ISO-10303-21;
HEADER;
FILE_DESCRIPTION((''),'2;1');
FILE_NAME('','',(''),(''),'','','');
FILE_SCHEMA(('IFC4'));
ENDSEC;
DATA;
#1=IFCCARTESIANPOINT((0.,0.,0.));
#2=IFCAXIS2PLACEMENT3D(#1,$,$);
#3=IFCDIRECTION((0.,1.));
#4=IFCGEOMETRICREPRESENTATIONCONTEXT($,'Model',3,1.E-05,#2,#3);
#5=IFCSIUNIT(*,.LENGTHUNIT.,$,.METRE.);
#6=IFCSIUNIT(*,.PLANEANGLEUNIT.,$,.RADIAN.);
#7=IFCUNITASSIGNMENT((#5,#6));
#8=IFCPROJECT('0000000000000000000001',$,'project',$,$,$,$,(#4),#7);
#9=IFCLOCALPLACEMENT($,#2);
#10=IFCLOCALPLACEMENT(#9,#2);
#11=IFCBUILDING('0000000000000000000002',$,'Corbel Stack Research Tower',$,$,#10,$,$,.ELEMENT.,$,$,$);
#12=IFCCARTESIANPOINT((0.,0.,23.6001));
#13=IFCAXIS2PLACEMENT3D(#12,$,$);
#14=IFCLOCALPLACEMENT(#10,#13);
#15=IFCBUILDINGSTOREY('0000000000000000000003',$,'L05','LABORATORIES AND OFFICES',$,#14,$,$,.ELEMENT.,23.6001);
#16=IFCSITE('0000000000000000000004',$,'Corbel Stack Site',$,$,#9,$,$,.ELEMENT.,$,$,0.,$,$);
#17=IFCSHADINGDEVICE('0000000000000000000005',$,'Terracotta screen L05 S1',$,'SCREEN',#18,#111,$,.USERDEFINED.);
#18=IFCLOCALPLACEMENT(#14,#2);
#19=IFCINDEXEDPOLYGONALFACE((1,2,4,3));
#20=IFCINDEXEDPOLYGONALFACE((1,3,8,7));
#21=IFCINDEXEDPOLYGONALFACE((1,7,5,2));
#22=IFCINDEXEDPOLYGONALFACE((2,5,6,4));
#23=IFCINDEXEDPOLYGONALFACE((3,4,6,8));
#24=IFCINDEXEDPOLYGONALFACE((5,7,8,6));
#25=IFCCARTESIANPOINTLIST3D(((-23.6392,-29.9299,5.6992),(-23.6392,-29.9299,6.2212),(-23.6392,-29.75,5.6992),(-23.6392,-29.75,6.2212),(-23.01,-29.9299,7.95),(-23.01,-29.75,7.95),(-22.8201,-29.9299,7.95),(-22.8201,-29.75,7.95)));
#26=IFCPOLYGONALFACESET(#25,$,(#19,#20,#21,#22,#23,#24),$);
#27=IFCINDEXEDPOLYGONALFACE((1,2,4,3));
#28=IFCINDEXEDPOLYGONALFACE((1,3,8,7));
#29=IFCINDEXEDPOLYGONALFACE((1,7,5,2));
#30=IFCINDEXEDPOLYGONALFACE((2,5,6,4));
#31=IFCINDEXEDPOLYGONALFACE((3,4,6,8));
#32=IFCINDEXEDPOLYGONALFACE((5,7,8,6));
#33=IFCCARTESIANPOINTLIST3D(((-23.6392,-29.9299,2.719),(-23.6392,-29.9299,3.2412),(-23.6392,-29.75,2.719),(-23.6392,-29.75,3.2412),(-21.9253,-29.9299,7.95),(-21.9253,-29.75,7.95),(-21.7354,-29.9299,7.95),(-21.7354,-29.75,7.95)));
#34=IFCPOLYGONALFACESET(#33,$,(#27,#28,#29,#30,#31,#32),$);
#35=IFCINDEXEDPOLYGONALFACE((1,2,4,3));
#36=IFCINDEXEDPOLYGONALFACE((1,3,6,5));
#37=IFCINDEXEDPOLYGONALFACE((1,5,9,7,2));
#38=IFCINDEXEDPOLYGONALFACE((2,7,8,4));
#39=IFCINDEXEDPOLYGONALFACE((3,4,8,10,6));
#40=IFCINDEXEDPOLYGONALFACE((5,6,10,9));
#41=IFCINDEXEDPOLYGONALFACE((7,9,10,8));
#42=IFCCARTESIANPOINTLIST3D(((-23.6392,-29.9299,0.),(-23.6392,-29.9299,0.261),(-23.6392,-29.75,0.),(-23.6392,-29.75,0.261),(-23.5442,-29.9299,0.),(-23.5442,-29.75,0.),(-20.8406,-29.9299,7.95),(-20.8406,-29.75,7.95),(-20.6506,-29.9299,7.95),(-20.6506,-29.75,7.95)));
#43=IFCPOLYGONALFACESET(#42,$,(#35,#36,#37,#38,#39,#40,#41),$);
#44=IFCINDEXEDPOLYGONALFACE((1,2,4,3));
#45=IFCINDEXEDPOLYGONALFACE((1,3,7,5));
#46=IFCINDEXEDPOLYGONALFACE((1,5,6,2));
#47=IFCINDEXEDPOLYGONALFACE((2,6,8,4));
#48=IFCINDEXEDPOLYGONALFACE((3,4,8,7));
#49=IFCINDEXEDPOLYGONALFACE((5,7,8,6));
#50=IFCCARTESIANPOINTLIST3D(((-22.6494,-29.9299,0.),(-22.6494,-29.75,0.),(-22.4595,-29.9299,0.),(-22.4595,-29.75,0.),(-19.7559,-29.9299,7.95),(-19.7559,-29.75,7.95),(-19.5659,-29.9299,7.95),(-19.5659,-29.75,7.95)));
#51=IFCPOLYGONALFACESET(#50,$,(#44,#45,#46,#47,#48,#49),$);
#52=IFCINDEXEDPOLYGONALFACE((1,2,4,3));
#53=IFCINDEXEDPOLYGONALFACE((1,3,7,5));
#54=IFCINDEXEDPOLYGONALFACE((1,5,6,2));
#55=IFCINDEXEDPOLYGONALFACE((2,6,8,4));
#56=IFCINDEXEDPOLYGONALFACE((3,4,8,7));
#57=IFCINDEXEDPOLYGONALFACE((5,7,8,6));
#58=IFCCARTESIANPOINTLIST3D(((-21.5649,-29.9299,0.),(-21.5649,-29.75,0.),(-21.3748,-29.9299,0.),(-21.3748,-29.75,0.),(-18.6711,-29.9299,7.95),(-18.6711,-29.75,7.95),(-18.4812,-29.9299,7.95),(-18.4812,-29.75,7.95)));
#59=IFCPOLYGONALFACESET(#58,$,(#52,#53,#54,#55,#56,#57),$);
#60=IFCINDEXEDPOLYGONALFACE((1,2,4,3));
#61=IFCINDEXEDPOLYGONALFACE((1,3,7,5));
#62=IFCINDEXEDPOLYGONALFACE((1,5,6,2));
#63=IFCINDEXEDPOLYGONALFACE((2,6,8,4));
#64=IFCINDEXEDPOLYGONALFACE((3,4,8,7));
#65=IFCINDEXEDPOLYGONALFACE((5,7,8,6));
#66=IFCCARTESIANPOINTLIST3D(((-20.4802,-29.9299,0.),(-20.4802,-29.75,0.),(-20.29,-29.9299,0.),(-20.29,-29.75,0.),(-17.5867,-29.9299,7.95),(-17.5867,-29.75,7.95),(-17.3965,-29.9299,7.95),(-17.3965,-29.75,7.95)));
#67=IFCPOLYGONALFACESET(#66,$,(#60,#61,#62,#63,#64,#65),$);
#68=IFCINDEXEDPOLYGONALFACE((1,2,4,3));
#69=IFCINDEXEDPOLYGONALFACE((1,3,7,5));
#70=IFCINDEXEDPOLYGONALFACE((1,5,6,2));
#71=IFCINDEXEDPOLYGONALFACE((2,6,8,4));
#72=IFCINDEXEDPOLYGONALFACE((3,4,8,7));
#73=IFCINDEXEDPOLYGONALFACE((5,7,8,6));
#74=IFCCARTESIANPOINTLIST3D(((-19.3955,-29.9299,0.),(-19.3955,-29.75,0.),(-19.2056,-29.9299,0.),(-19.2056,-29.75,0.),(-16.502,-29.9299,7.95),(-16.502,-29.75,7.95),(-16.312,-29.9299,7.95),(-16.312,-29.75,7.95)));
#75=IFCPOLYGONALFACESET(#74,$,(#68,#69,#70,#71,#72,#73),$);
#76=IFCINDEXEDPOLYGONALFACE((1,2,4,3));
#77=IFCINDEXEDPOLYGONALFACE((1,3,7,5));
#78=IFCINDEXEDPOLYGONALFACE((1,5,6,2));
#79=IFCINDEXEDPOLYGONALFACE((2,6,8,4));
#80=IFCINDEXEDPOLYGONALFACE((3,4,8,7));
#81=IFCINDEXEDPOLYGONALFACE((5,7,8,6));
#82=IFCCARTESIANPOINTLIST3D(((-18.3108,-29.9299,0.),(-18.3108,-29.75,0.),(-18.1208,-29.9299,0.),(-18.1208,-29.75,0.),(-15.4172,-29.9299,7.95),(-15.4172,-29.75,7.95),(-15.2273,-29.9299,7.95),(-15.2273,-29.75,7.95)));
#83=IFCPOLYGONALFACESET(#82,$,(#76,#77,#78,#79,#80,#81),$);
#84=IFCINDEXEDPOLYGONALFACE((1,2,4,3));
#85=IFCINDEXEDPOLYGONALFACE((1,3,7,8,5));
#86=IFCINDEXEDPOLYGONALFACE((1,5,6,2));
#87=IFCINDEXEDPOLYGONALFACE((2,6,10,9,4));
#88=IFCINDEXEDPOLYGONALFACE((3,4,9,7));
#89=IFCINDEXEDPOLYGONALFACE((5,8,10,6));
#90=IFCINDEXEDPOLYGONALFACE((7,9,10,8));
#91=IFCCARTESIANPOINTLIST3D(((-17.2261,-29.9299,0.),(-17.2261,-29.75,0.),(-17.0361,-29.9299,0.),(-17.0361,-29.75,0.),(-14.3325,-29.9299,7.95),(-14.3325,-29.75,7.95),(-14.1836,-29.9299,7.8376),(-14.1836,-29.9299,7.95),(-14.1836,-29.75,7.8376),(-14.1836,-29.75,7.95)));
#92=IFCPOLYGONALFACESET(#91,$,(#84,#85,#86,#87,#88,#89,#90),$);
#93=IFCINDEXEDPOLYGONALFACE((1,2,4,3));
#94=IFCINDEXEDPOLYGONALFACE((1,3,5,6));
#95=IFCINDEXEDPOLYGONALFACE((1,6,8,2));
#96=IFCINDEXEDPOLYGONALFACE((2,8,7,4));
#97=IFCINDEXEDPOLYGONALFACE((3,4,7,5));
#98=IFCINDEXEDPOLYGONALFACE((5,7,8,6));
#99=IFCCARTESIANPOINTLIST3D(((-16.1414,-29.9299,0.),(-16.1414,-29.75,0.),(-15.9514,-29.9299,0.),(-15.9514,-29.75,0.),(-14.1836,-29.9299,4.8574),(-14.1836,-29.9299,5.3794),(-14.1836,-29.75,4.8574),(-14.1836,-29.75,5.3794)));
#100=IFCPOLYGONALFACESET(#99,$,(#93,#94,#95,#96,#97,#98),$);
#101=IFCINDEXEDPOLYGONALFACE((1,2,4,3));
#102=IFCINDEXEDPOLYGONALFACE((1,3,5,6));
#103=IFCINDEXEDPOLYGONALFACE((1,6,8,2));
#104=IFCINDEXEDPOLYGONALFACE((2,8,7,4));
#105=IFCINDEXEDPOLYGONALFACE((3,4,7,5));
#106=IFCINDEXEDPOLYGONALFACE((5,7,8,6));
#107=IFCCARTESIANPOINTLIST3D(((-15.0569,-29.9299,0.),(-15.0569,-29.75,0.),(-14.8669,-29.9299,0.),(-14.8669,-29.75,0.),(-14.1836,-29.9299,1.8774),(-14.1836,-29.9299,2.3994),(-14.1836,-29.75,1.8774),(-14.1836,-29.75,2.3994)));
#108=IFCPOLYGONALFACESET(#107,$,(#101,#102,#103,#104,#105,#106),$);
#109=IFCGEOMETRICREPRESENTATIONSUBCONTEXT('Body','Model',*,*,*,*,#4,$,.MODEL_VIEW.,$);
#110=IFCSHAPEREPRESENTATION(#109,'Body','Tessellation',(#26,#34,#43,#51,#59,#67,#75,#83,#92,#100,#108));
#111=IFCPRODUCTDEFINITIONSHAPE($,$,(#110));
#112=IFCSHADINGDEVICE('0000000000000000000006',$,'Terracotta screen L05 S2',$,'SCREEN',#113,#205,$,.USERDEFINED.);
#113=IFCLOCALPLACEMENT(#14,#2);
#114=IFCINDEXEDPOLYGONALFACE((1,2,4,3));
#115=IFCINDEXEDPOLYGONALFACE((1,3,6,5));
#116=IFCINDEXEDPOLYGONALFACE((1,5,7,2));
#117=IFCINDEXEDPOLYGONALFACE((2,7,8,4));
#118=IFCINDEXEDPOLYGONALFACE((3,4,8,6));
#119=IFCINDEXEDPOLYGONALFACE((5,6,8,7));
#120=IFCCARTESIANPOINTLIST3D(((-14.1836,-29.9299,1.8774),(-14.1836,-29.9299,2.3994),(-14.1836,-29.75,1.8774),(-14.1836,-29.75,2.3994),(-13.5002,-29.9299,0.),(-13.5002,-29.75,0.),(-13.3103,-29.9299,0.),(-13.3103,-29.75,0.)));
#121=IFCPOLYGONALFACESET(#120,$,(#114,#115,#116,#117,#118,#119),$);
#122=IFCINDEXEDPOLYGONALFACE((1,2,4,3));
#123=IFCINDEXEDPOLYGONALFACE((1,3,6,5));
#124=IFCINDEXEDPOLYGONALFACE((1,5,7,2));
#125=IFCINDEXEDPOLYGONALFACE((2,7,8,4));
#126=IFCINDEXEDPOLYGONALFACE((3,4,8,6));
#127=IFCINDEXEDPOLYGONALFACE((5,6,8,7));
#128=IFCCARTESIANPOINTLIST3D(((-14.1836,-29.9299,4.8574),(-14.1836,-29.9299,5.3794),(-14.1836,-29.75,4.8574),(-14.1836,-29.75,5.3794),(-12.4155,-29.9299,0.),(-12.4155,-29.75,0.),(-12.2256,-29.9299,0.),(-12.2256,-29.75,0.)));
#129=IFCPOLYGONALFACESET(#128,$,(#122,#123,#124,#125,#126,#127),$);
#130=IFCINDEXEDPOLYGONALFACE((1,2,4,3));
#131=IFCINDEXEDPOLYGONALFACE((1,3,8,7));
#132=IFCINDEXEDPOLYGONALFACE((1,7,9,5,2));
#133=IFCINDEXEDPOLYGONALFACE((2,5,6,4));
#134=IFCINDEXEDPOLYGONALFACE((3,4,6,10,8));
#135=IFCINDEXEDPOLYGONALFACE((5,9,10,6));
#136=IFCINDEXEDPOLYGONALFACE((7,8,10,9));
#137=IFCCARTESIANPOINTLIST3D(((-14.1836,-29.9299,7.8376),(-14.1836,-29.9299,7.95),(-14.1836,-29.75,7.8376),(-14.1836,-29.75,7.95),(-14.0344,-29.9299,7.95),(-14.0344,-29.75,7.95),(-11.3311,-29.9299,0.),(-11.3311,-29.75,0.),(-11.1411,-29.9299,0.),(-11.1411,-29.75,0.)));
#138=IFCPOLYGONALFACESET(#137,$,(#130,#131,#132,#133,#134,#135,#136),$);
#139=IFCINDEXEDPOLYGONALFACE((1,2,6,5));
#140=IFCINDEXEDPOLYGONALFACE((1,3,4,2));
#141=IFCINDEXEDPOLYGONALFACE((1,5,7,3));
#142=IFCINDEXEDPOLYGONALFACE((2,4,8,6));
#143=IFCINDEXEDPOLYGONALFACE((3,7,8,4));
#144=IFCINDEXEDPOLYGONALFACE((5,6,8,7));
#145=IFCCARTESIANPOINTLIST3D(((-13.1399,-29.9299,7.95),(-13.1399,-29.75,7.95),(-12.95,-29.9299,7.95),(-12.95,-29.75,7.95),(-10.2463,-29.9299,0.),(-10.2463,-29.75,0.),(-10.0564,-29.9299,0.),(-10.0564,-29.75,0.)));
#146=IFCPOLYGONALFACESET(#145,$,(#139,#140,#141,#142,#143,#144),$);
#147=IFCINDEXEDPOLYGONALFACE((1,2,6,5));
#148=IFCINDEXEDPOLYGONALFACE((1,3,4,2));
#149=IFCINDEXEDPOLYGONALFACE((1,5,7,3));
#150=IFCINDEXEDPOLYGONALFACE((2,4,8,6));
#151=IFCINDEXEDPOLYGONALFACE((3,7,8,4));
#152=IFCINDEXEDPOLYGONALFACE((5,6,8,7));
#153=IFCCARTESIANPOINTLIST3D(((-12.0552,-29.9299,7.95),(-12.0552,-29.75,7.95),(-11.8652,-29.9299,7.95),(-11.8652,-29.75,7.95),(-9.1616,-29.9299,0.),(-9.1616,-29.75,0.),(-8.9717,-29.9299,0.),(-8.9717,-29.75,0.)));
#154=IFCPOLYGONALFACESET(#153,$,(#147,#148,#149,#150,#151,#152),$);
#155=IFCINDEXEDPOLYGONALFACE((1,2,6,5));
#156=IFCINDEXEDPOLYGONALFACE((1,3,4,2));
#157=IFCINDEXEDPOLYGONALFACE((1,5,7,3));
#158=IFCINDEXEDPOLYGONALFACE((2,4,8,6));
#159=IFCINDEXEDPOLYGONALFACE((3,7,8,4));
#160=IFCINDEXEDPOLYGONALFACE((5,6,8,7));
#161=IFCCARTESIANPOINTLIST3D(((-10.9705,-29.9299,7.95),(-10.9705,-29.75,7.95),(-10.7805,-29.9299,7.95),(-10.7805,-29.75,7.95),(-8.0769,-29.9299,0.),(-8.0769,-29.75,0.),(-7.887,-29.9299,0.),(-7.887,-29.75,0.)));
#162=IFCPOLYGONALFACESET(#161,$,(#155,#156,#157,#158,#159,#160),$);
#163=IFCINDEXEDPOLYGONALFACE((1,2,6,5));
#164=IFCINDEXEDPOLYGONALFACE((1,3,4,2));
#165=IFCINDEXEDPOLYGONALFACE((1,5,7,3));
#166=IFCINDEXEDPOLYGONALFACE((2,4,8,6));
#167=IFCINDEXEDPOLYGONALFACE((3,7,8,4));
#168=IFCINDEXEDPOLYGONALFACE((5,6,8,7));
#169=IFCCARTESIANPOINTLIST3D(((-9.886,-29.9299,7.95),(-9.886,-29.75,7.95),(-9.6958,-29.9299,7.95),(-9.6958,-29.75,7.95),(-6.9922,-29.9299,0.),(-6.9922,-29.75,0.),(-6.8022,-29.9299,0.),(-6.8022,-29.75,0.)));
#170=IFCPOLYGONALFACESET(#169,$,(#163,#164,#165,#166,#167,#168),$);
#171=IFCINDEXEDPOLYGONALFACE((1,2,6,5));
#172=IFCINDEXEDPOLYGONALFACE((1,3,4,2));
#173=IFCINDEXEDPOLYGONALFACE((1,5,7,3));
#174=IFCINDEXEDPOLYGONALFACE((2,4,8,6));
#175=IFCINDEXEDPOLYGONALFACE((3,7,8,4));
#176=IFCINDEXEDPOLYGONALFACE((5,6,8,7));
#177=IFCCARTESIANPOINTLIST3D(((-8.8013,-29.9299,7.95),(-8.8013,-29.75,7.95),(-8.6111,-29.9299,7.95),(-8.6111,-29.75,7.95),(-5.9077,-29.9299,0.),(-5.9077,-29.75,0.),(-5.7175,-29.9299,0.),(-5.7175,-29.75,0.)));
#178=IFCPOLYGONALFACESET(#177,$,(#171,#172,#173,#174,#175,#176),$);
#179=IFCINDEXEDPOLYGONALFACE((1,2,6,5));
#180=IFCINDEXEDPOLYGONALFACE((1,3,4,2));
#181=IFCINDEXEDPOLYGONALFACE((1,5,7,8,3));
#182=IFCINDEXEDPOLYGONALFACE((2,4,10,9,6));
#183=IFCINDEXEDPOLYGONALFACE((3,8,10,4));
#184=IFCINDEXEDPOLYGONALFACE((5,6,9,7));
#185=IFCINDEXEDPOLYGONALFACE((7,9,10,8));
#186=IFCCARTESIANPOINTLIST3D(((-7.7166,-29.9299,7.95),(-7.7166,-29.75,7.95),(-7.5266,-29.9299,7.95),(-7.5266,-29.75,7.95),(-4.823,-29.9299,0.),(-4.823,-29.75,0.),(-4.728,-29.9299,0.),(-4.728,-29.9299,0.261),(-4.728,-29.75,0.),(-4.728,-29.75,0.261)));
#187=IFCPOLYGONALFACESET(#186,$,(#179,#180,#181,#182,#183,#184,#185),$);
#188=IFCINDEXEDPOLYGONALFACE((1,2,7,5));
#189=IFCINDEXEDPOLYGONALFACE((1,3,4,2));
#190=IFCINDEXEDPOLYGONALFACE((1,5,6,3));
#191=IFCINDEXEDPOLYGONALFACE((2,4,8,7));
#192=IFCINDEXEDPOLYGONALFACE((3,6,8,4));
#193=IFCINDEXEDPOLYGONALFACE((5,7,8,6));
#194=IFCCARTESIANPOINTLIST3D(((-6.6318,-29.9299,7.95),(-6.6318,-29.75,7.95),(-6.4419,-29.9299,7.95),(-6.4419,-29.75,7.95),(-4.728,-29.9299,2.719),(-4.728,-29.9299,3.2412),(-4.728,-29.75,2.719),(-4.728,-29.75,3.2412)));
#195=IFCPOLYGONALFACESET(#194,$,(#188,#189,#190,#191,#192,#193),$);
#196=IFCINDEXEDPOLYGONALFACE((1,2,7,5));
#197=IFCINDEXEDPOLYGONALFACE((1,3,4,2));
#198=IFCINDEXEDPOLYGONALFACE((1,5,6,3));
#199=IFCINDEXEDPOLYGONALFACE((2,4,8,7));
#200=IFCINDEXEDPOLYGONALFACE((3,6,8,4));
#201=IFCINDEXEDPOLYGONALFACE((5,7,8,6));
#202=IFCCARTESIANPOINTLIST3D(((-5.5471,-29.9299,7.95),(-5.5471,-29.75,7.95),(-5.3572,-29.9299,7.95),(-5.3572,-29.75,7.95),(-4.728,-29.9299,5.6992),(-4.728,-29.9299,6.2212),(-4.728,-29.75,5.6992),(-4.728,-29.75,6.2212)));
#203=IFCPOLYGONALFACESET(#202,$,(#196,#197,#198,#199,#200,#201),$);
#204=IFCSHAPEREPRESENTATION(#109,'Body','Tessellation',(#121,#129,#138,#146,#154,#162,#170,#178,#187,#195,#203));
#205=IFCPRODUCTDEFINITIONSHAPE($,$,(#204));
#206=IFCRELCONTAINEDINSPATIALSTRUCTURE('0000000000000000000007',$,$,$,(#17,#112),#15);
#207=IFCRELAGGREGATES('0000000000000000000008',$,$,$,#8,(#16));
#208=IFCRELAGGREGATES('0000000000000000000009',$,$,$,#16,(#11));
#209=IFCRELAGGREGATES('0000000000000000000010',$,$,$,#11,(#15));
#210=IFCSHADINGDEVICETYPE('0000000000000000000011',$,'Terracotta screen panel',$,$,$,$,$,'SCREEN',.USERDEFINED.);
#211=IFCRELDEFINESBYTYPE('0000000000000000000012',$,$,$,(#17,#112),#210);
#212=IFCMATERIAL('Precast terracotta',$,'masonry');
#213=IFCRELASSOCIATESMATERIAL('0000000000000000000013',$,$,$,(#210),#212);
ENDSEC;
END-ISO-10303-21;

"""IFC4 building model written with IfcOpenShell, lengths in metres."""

from ifc_helpers import new_model, si_unit, direction, frame, origin, place, context, subcontext, project, spatial, polyline, outline, extrude, source, transform, mapped, material, type_object, element, save


model = new_model("IFC4")

# Units and contexts
model_context = context("Model", 3, precision=1e-05, world=origin(), true_north=direction((0.0, 1.0)))
body_context = subcontext(model_context, "Body", "Model", "MODEL_VIEW")
ifc_project = project(units=[si_unit("LENGTHUNIT", "METRE"), si_unit("PLANEANGLEUNIT", "RADIAN")], contexts=[model_context])

# Site, building, storey
site_placement = place(None, origin())
site = spatial("IfcSite", under=ifc_project, at=site_placement, Name="Corbel Stack Site", CompositionType="ELEMENT", RefElevation=0.0)
building_placement = place(site_placement, origin())
building = spatial("IfcBuilding", under=site, at=building_placement, Name="Corbel Stack Research Tower", CompositionType="ELEMENT")
storey_placement = place(building_placement, frame((0.0, 0.0, 23.6001)))
storey = spatial("IfcBuildingStorey", under=building, at=storey_placement, Name="L05", Description="LABORATORIES AND OFFICES", CompositionType="ELEMENT", Elevation=23.6001)

# Shading devices
ifc_material_1 = material(Name="Precast terracotta", Category="masonry")
shading_device_type = type_object("IfcShadingDeviceType", Name="Terracotta screen panel", ElementType="SCREEN", PredefinedType="USERDEFINED", material=ifc_material_1)
shared_shape_1 = source(origin(), body_context, "Body", "SweptSolid", [
    extrude(outline(polyline([(0.8191, 7.95), (0.6292, 7.95), (0.0, 6.2212), (0.0, 5.6992), (0.8191, 7.95)])), frame((0.0, 0.0, 0.0), z_axis=(0.0, -1.0, 0.0), x_axis=(1.0, 0.0, 0.0)), (0.0, 0.0, 1.0), 0.1799),
    extrude(outline(polyline([(1.9038, 7.95), (1.7139, 7.95), (0.0, 3.2412), (0.0, 2.719), (1.9038, 7.95)])), frame((0.0, 0.0, 0.0), z_axis=(0.0, -1.0, 0.0), x_axis=(1.0, 0.0, 0.0)), (0.0, 0.0, 1.0), 0.1799),
    extrude(outline(polyline([(0.095, 0.0), (2.9885, 7.95), (2.7986, 7.95), (0.0, 0.261), (0.0, 0.0), (0.095, 0.0)])), frame((0.0, 0.0, 0.0), z_axis=(0.0, -1.0, 0.0), x_axis=(1.0, 0.0, 0.0)), (0.0, 0.0, 1.0), 0.1799),
    extrude(outline(polyline([(1.1797, 0.0), (4.0732, 7.95), (3.8833, 7.95), (0.9897, 0.0), (1.1797, 0.0)])), frame((0.0, 0.0, 0.0), z_axis=(0.0, -1.0, 0.0), x_axis=(1.0, 0.0, 0.0)), (0.0, 0.0, 1.0), 0.1799),
    extrude(outline(polyline([(2.2644, 0.0), (5.158, 7.95), (4.968, 7.95), (2.0742, 0.0), (2.2644, 0.0)])), frame((0.0, 0.0, 0.0), z_axis=(0.0, -1.0, 0.0), x_axis=(1.0, 0.0, 0.0)), (0.0, 0.0, 1.0), 0.1799),
    extrude(outline(polyline([(3.3491, 0.0), (6.2427, 7.95), (6.0525, 7.95), (3.1589, 0.0), (3.3491, 0.0)])), frame((0.0, 0.0, 0.0), z_axis=(0.0, -1.0, 0.0), x_axis=(1.0, 0.0, 0.0)), (0.0, 0.0, 1.0), 0.1799),
    extrude(outline(polyline([(4.4336, 0.0), (7.3271, 7.95), (7.1372, 7.95), (4.2437, 0.0), (4.4336, 0.0)])), frame((0.0, 0.0, 0.0), z_axis=(0.0, -1.0, 0.0), x_axis=(1.0, 0.0, 0.0)), (0.0, 0.0, 1.0), 0.1799),
    extrude(outline(polyline([(5.5183, 0.0), (8.4119, 7.95), (8.2219, 7.95), (5.3284, 0.0), (5.5183, 0.0)])), frame((0.0, 0.0, 0.0), z_axis=(0.0, -1.0, 0.0), x_axis=(1.0, 0.0, 0.0)), (0.0, 0.0, 1.0), 0.1799),
    extrude(outline(polyline([(6.603, 0.0), (9.4556, 7.8376), (9.4556, 7.95), (9.3066, 7.95), (6.4131, 0.0), (6.603, 0.0)])), frame((0.0, 0.0, 0.0), z_axis=(0.0, -1.0, 0.0), x_axis=(1.0, 0.0, 0.0)), (0.0, 0.0, 1.0), 0.1799),
    extrude(outline(polyline([(7.6877, 0.0), (9.4556, 4.8574), (9.4556, 5.3794), (7.4978, 0.0), (7.6877, 0.0)])), frame((0.0, 0.0, 0.0), z_axis=(0.0, -1.0, 0.0), x_axis=(1.0, 0.0, 0.0)), (0.0, 0.0, 1.0), 0.1799),
    extrude(outline(polyline([(8.7722, 0.0), (9.4556, 1.8774), (9.4556, 2.3994), (8.5823, 0.0), (8.7722, 0.0)])), frame((0.0, 0.0, 0.0), z_axis=(0.0, -1.0, 0.0), x_axis=(1.0, 0.0, 0.0)), (0.0, 0.0, 1.0), 0.1799),
])
shading_device_1_placement = place(storey_placement, frame((-23.6392, -29.75, 0.0), z_axis=(0.0, 0.0, 1.0), x_axis=(1.0, 0.0, 0.0)))
element("IfcShadingDevice", 1, at=shading_device_1_placement, inside=storey, type_object=shading_device_type, Name="Terracotta screen L05 S1", ObjectType="SCREEN", PredefinedType="USERDEFINED", context=body_context, shape_type="MappedRepresentation", body=[
    mapped(shared_shape_1, transform((0.0, 0.0, 0.0))),
])
shared_shape_2 = source(origin(), body_context, "Body", "SweptSolid", [
    extrude(outline(polyline([(0.8733, 0.0), (0.0, 2.3994), (0.0, 1.8774), (0.6833, 0.0), (0.8733, 0.0)])), frame((0.0, 0.0, 0.0), z_axis=(0.0, -1.0, 0.0), x_axis=(1.0, 0.0, 0.0)), (0.0, 0.0, 1.0), 0.1799),
    extrude(outline(polyline([(1.958, 0.0), (0.0, 5.3794), (0.0, 4.8574), (1.7681, 0.0), (1.958, 0.0)])), frame((0.0, 0.0, 0.0), z_axis=(0.0, -1.0, 0.0), x_axis=(1.0, 0.0, 0.0)), (0.0, 0.0, 1.0), 0.1799),
    extrude(outline(polyline([(3.0425, 0.0), (0.1492, 7.95), (0.0, 7.95), (0.0, 7.8376), (2.8525, 0.0), (3.0425, 0.0)])), frame((0.0, 0.0, 0.0), z_axis=(0.0, -1.0, 0.0), x_axis=(1.0, 0.0, 0.0)), (0.0, 0.0, 1.0), 0.1799),
    extrude(outline(polyline([(4.1272, 0.0), (1.2336, 7.95), (1.0437, 7.95), (3.9373, 0.0), (4.1272, 0.0)])), frame((0.0, 0.0, 0.0), z_axis=(0.0, -1.0, 0.0), x_axis=(1.0, 0.0, 0.0)), (0.0, 0.0, 1.0), 0.1799),
    extrude(outline(polyline([(5.2119, 0.0), (2.3184, 7.95), (2.1284, 7.95), (5.022, 0.0), (5.2119, 0.0)])), frame((0.0, 0.0, 0.0), z_axis=(0.0, -1.0, 0.0), x_axis=(1.0, 0.0, 0.0)), (0.0, 0.0, 1.0), 0.1799),
    extrude(outline(polyline([(6.2966, 0.0), (3.4031, 7.95), (3.2131, 7.95), (6.1067, 0.0), (6.2966, 0.0)])), frame((0.0, 0.0, 0.0), z_axis=(0.0, -1.0, 0.0), x_axis=(1.0, 0.0, 0.0)), (0.0, 0.0, 1.0), 0.1799),
    extrude(outline(polyline([(7.3813, 0.0), (4.4878, 7.95), (4.2976, 7.95), (7.1914, 0.0), (7.3813, 0.0)])), frame((0.0, 0.0, 0.0), z_axis=(0.0, -1.0, 0.0), x_axis=(1.0, 0.0, 0.0)), (0.0, 0.0, 1.0), 0.1799),
    extrude(outline(polyline([(8.4661, 0.0), (5.5725, 7.95), (5.3823, 7.95), (8.2759, 0.0), (8.4661, 0.0)])), frame((0.0, 0.0, 0.0), z_axis=(0.0, -1.0, 0.0), x_axis=(1.0, 0.0, 0.0)), (0.0, 0.0, 1.0), 0.1799),
    extrude(outline(polyline([(9.4556, 0.0), (9.4556, 0.261), (6.657, 7.95), (6.467, 7.95), (9.3606, 0.0), (9.4556, 0.0)])), frame((0.0, 0.0, 0.0), z_axis=(0.0, -1.0, 0.0), x_axis=(1.0, 0.0, 0.0)), (0.0, 0.0, 1.0), 0.1799),
    extrude(outline(polyline([(7.7417, 7.95), (7.5518, 7.95), (9.4556, 2.719), (9.4556, 3.2412), (7.7417, 7.95)])), frame((0.0, 0.0, 0.0), z_axis=(0.0, -1.0, 0.0), x_axis=(1.0, 0.0, 0.0)), (0.0, 0.0, 1.0), 0.1799),
    extrude(outline(polyline([(8.8264, 7.95), (8.6365, 7.95), (9.4556, 5.6992), (9.4556, 6.2212), (8.8264, 7.95)])), frame((0.0, 0.0, 0.0), z_axis=(0.0, -1.0, 0.0), x_axis=(1.0, 0.0, 0.0)), (0.0, 0.0, 1.0), 0.1799),
])
shading_device_2_placement = place(storey_placement, frame((-14.1836, -29.75, 0.0), z_axis=(0.0, 0.0, 1.0), x_axis=(1.0, 0.0, 0.0)))
element("IfcShadingDevice", 2, at=shading_device_2_placement, inside=storey, type_object=shading_device_type, Name="Terracotta screen L05 S2", ObjectType="SCREEN", PredefinedType="USERDEFINED", context=body_context, shape_type="MappedRepresentation", body=[
    mapped(shared_shape_2, transform((0.0, 0.0, 0.0))),
])

save(model, "model.ifc")
